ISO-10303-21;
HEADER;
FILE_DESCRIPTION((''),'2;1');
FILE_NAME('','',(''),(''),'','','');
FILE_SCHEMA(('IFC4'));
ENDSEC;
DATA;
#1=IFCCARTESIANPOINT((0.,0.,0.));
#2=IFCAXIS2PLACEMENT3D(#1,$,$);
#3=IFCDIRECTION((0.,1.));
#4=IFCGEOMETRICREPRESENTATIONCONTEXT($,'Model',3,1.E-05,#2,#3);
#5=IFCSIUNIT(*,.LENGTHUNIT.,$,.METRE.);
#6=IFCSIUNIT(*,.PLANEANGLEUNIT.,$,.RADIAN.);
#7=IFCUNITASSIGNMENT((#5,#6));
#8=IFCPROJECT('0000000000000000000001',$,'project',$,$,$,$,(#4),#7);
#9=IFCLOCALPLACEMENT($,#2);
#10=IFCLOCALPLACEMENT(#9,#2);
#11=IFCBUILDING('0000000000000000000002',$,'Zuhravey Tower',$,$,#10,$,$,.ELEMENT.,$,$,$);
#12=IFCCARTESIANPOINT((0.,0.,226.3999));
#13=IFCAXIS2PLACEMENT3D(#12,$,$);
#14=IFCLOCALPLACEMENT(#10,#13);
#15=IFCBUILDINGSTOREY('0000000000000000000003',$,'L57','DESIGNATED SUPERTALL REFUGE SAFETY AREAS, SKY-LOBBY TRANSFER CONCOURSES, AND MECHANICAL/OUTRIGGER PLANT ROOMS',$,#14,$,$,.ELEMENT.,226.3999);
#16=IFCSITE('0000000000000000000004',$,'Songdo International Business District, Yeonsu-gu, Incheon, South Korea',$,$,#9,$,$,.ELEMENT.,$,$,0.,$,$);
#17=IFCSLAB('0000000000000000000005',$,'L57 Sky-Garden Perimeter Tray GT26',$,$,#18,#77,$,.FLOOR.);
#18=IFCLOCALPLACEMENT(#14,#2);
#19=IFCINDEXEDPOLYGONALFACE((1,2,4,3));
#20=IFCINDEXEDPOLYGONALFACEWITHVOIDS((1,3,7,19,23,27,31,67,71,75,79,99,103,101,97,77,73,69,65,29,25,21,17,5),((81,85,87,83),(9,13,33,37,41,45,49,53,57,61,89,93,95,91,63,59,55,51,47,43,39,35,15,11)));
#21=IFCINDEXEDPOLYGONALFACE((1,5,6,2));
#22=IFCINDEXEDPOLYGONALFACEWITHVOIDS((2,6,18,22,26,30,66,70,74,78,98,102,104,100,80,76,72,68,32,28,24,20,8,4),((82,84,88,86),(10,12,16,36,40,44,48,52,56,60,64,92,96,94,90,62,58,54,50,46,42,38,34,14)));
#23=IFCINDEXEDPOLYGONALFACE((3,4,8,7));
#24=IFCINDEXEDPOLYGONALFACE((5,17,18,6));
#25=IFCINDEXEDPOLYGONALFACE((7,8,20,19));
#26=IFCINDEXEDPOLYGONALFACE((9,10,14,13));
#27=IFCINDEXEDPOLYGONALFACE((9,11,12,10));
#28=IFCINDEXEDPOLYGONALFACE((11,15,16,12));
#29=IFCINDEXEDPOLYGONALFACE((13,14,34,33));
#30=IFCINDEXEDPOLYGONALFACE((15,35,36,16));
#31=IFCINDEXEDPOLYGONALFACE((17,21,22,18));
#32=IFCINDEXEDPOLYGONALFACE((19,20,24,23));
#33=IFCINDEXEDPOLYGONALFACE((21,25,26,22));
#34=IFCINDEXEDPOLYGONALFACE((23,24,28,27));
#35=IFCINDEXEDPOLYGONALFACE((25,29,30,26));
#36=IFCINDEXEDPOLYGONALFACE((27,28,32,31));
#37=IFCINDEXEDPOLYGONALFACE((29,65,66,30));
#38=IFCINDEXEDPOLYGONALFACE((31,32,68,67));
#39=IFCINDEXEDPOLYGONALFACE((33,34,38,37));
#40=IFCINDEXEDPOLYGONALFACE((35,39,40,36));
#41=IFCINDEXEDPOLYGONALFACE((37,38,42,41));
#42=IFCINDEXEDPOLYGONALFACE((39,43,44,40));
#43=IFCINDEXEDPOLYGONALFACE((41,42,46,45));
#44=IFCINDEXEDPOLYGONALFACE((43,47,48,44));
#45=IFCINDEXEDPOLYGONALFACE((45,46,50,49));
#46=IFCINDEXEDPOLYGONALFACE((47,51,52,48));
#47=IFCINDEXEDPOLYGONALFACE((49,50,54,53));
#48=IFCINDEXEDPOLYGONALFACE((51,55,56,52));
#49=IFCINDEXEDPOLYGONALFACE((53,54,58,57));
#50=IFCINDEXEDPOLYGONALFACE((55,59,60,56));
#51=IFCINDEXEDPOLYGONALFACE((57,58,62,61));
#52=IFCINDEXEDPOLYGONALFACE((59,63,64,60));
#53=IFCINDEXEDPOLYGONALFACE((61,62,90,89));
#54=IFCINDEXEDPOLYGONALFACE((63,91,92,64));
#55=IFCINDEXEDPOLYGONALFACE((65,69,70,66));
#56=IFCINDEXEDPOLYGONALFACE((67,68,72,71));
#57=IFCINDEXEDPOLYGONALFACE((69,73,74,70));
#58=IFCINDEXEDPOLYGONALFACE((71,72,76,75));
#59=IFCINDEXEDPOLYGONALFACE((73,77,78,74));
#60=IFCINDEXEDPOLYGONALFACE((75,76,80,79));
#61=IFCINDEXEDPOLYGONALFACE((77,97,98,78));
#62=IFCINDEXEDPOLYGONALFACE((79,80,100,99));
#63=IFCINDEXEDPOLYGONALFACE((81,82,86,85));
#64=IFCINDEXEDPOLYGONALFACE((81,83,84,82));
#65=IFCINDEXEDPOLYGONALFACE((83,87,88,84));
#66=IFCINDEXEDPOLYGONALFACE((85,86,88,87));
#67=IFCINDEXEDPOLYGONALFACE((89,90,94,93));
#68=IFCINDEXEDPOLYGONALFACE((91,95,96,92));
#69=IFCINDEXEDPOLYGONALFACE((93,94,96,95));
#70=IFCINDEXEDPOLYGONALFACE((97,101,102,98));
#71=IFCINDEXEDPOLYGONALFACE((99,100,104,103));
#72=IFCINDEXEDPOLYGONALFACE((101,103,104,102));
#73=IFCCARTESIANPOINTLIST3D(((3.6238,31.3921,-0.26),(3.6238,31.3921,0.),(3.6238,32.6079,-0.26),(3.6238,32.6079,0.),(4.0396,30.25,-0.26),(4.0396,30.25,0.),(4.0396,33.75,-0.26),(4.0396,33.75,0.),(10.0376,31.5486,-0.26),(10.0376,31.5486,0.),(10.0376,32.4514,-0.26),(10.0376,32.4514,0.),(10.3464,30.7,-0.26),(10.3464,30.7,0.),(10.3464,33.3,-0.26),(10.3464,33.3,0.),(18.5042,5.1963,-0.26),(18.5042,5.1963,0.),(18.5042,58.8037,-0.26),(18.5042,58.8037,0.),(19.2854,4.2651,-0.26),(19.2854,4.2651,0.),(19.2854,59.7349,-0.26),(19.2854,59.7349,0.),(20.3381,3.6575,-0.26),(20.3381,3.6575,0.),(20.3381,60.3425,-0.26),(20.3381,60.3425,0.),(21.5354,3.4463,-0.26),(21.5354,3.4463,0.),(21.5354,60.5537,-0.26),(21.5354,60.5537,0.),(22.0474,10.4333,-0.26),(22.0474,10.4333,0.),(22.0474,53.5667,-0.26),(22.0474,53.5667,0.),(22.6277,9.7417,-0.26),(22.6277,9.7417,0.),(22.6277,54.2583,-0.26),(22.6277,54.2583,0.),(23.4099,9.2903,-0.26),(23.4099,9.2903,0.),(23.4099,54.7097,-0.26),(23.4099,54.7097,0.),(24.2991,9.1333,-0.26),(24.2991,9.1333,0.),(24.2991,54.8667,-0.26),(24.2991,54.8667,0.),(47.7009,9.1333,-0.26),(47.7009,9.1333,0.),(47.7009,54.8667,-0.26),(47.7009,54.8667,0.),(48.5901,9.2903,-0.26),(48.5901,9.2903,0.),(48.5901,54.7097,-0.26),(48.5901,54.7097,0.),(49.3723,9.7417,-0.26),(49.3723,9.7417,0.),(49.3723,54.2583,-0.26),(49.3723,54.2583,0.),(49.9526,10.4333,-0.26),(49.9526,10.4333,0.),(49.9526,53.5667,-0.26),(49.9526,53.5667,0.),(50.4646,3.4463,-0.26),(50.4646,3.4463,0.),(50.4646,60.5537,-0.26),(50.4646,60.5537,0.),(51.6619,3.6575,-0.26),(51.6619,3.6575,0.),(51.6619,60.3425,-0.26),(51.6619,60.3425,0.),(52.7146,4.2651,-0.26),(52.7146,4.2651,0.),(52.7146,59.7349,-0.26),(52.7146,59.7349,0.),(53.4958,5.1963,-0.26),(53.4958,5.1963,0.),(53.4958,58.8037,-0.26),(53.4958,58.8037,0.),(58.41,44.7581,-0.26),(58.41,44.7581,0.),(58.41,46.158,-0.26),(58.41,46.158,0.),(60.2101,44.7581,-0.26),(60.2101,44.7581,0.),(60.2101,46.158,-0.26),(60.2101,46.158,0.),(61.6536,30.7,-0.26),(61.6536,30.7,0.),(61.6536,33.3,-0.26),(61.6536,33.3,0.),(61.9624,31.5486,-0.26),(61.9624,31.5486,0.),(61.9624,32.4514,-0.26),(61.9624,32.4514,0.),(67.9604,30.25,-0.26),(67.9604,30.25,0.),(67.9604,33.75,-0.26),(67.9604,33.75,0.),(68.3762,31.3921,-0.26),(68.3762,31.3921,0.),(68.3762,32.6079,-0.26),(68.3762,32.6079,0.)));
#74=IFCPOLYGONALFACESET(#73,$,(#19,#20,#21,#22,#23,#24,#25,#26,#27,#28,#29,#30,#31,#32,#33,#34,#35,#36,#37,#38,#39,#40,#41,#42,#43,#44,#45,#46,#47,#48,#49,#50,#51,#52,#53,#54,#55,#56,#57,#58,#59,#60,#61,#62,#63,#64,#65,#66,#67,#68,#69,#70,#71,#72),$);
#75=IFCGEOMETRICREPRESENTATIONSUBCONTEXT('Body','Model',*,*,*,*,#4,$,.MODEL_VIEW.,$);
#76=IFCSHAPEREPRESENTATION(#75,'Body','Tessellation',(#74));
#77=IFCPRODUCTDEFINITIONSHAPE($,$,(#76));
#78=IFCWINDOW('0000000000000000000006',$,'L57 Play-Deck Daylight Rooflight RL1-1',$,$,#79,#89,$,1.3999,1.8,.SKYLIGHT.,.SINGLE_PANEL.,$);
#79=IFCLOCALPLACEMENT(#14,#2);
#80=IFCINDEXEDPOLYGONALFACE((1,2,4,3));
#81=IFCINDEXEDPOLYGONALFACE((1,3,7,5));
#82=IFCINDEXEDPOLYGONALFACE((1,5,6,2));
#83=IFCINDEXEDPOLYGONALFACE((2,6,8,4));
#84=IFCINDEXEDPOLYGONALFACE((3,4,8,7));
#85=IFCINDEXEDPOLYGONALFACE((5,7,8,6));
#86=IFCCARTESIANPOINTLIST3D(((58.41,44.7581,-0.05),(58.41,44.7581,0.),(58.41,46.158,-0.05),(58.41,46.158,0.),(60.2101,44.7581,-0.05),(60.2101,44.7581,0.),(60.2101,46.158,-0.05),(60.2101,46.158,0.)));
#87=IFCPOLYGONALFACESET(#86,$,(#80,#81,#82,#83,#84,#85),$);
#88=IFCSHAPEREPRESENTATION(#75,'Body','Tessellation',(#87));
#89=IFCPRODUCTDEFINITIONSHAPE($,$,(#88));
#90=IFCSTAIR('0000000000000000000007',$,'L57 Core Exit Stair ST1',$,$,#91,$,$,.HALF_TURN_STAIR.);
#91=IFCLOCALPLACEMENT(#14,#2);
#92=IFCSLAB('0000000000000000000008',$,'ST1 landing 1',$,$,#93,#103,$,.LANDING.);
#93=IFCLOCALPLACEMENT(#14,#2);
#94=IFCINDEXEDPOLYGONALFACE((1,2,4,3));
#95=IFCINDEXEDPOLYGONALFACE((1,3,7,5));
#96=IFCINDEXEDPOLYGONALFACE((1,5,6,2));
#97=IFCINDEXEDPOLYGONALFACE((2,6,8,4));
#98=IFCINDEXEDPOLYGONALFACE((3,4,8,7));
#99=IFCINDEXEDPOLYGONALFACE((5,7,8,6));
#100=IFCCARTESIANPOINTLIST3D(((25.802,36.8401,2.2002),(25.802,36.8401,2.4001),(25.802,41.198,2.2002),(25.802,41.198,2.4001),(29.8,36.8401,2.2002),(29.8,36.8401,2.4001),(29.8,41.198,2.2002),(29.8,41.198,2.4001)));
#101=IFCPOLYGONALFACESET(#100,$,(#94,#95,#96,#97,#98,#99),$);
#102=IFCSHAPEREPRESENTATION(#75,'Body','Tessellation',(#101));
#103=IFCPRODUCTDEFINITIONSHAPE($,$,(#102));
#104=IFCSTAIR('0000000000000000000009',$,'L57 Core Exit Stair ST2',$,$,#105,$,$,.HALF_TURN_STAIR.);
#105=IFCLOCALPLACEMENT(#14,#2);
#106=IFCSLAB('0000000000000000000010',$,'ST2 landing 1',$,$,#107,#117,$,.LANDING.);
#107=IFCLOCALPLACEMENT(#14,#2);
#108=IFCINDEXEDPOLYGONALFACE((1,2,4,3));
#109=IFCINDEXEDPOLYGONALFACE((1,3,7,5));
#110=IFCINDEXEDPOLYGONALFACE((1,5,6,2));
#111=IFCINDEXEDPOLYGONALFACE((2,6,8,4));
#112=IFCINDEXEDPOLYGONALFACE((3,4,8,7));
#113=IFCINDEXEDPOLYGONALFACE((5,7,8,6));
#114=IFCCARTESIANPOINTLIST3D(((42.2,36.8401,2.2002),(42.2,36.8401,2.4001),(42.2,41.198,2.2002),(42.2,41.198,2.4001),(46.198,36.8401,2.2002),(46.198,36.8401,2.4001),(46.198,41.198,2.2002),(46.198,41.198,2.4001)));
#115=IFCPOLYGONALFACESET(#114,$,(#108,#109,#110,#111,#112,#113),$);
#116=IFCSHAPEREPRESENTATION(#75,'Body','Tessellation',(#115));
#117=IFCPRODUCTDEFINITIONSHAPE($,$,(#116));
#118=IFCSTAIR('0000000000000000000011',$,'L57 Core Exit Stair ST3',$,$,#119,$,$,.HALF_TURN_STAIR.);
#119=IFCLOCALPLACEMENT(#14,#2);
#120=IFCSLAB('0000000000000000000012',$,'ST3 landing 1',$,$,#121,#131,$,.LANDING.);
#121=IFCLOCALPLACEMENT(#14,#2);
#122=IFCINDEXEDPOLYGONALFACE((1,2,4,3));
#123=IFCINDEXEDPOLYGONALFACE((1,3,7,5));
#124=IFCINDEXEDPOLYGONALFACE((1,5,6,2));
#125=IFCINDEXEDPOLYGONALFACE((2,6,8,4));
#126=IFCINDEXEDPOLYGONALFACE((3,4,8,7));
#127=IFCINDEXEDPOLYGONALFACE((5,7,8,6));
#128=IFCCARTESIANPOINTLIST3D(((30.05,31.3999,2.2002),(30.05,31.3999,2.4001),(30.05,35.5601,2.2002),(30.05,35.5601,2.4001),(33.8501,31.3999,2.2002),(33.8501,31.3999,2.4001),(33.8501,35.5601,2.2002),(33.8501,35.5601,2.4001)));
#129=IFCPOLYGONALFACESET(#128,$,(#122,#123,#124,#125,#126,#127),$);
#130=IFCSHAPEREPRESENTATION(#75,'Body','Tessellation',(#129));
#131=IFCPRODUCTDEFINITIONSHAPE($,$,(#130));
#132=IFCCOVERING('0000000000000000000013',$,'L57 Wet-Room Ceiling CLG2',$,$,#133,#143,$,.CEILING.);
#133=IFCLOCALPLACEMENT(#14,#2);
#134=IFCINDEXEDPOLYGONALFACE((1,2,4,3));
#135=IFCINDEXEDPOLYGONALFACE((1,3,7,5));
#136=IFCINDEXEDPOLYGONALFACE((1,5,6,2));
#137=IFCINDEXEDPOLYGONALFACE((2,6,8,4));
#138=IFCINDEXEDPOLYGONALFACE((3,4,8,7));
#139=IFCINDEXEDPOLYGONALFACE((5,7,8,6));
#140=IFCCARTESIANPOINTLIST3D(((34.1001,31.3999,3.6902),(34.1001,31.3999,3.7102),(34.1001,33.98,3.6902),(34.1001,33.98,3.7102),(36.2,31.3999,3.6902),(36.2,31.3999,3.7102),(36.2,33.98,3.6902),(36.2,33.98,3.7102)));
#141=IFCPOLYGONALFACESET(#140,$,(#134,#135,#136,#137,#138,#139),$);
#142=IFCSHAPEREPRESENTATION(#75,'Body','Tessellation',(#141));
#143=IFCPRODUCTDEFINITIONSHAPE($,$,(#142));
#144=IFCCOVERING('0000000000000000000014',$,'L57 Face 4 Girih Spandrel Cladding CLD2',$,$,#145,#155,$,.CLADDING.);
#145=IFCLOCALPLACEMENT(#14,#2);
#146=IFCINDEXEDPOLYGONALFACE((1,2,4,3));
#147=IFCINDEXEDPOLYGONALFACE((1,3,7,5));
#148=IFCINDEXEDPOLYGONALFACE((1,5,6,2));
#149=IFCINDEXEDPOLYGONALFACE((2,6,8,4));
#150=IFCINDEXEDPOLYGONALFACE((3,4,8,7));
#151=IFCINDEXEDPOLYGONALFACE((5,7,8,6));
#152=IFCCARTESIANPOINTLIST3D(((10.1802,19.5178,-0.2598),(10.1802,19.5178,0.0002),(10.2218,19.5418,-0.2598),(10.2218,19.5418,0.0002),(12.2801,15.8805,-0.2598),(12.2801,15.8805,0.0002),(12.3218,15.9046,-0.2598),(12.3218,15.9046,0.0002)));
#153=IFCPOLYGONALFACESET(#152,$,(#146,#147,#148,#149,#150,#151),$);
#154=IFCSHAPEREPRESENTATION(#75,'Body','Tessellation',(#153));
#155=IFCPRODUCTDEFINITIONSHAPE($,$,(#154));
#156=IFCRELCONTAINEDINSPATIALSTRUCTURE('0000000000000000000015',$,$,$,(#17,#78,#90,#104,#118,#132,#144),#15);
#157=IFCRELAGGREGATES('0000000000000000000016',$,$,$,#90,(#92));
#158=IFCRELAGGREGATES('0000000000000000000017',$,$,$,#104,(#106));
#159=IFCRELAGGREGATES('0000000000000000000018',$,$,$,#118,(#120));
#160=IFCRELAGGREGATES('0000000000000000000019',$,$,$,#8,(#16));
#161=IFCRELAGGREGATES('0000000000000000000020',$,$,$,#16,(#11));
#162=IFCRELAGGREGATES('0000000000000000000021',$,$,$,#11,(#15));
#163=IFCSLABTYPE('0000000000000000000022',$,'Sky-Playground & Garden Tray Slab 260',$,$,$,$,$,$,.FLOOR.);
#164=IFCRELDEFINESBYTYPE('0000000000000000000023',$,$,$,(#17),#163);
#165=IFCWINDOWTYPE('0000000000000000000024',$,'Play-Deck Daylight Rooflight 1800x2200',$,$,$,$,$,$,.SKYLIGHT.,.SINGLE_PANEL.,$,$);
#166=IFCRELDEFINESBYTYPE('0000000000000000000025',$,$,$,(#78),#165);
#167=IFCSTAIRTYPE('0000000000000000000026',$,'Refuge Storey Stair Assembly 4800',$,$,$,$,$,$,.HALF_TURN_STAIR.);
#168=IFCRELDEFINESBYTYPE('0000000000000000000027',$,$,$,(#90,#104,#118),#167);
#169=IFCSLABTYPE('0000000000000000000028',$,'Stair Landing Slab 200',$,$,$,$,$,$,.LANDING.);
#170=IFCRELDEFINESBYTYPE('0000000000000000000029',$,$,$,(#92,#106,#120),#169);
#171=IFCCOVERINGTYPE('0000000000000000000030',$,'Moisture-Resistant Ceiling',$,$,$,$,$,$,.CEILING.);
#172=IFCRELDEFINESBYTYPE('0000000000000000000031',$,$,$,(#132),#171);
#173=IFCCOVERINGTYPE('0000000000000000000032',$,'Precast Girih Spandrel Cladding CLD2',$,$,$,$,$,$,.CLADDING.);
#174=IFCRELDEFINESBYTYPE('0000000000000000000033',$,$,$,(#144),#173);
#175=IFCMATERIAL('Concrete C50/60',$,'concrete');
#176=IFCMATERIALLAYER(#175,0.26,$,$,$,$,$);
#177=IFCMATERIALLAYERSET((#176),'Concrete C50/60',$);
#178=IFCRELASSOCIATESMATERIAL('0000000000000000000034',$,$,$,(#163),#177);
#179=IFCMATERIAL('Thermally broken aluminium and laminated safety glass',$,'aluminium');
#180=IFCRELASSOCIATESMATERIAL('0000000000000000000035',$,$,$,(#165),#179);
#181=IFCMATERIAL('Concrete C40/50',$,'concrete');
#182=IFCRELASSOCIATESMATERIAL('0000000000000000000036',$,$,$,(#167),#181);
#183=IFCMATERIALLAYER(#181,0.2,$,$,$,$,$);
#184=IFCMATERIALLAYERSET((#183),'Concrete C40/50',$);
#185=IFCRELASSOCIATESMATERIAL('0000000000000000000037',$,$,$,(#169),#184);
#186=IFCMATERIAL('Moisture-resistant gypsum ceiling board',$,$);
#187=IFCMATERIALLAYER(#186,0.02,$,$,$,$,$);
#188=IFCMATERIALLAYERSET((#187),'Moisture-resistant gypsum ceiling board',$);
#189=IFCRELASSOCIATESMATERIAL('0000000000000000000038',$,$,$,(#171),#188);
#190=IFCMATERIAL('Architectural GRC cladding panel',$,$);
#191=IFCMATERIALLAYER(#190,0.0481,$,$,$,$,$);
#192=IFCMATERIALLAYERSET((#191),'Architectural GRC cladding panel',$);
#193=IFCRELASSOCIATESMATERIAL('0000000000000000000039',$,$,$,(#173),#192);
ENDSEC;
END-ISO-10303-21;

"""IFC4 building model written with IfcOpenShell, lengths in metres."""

from ifc_helpers import new_model, si_unit, direction, frame, origin, origin_2d, place, context, subcontext, project, spatial, polyline, rectangle, outline, extrude, material, layer, layer_set, type_object, element, fill, aggregate, save


model = new_model("IFC4")

# Units and contexts
model_context = context("Model", 3, precision=1e-05, world=origin(), true_north=direction((0.0, 1.0)))
body_context = subcontext(model_context, "Body", "Model", "MODEL_VIEW")
ifc_project = project(units=[si_unit("LENGTHUNIT", "METRE"), si_unit("PLANEANGLEUNIT", "RADIAN")], contexts=[model_context])

# Site, building, storey
site_placement = place(None, origin())
site = spatial("IfcSite", under=ifc_project, at=site_placement, Name="Songdo International Business District, Yeonsu-gu, Incheon, South Korea", CompositionType="ELEMENT", RefElevation=0.0)
building_placement = place(site_placement, origin())
building = spatial("IfcBuilding", under=site, at=building_placement, Name="Zuhravey Tower", CompositionType="ELEMENT")
storey_placement = place(building_placement, frame((0.0, 0.0, 226.3999)))
storey = spatial("IfcBuildingStorey", under=building, at=storey_placement, Name="L57", Description="DESIGNATED SUPERTALL REFUGE SAFETY AREAS, SKY-LOBBY TRANSFER CONCOURSES, AND MECHANICAL/OUTRIGGER PLANT ROOMS", CompositionType="ELEMENT", Elevation=226.3999)

# Shared definitions
ifc_material_1 = material(Name="Concrete C50/60", Category="concrete")

# Slab, opening, window
ifc_layer_1 = layer(ifc_material_1, 0.26)
ifc_layer_set_1 = layer_set([ifc_layer_1], Name="Concrete C50/60")
slab_type_1 = type_object("IfcSlabType", Name="Sky-Playground & Garden Tray Slab 260", PredefinedType="FLOOR", material=ifc_layer_set_1)
slab_1_placement = place(storey_placement, frame((0.0, 0.0, -0.26)))
slab_1 = element("IfcSlab", 1, at=slab_1_placement, inside=storey, type_object=slab_type_1, Name="L57 Sky-Garden Perimeter Tray GT26", PredefinedType="FLOOR", context=body_context, shape_type="SweptSolid", body=[
    extrude(outline(polyline([(67.9604, 30.25), (68.3762, 31.3921), (68.3762, 32.6079), (67.9604, 33.75), (53.4958, 58.8037), (52.7146, 59.7349), (51.6619, 60.3425), (50.4646, 60.5537), (21.5354, 60.5537), (20.3381, 60.3425), (19.2854, 59.7349), (18.5042, 58.8037), (4.0396, 33.75), (3.6238, 32.6079), (3.6238, 31.3921), (4.0396, 30.25), (18.5042, 5.1963), (19.2854, 4.2651), (20.3381, 3.6575), (21.5354, 3.4463), (50.4646, 3.4463), (51.6619, 3.6575), (52.7146, 4.2651), (53.4958, 5.1963), (67.9604, 30.25)]), holes=[polyline([(61.6536, 30.7), (61.9624, 31.5486), (61.9624, 32.4514), (61.6536, 33.3), (49.9526, 53.5667), (49.3723, 54.2583), (48.5901, 54.7097), (47.7009, 54.8667), (24.2991, 54.8667), (23.4099, 54.7097), (22.6277, 54.2583), (22.0474, 53.5667), (10.3464, 33.3), (10.0376, 32.4514), (10.0376, 31.5486), (10.3464, 30.7), (22.0474, 10.4333), (22.6277, 9.7417), (23.4099, 9.2903), (24.2991, 9.1333), (47.7009, 9.1333), (48.5901, 9.2903), (49.3723, 9.7417), (49.9526, 10.4333), (61.6536, 30.7)])]), origin(), (0.0, 0.0, 1.0), 0.26),
])
opening_placement = place(slab_1_placement, frame((59.3101, 45.458, 0.0)))
opening = element("IfcOpeningElement", 2, at=opening_placement, cuts=slab_1, PredefinedType="OPENING", context=body_context, shape_type="SweptSolid", body=[
    extrude(rectangle(XDim=1.8, YDim=1.3999, at=origin_2d()), origin(), (0.0, 0.0, 1.0), 0.26),
])
ifc_material_2 = material(Name="Thermally broken aluminium and laminated safety glass", Category="aluminium")
window_type = type_object("IfcWindowType", Name="Play-Deck Daylight Rooflight 1800x2200", PartitioningType="SINGLE_PANEL", PredefinedType="SKYLIGHT", material=ifc_material_2)
window_placement = place(opening_placement, frame((0.0, 0.0, 0.21)))
window = element("IfcWindow", 3, at=window_placement, inside=storey, type_object=window_type, Name="L57 Play-Deck Daylight Rooflight RL1-1", OverallHeight=1.3999, OverallWidth=1.8, PartitioningType="SINGLE_PANEL", PredefinedType="SKYLIGHT", context=body_context, shape_type="SweptSolid", body=[
    extrude(rectangle(XDim=1.8, YDim=1.3999, at=origin_2d()), origin(), (0.0, 0.0, 1.0), 0.05),
])
fill(opening, window)

# Stairs, slabs
ifc_material_3 = material(Name="Concrete C40/50", Category="concrete")
stair_type = type_object("IfcStairType", Name="Refuge Storey Stair Assembly 4800", PredefinedType="HALF_TURN_STAIR", material=ifc_material_3)
stair_1_placement = place(storey_placement, origin())
stair_1 = element("IfcStair", 4, at=stair_1_placement, inside=storey, type_object=stair_type, Name="L57 Core Exit Stair ST1", PredefinedType="HALF_TURN_STAIR")
ifc_layer_2 = layer(ifc_material_3, 0.2)
ifc_layer_set_2 = layer_set([ifc_layer_2], Name="Concrete C40/50")
slab_type_2 = type_object("IfcSlabType", Name="Stair Landing Slab 200", PredefinedType="LANDING", material=ifc_layer_set_2)
slab_2_placement = place(storey_placement, frame((0.0, 0.0, 2.2002)))
slab_2 = element("IfcSlab", 5, at=slab_2_placement, type_object=slab_type_2, Name="ST1 landing 1", PredefinedType="LANDING", context=body_context, shape_type="SweptSolid", body=[
    extrude(outline(polyline([(29.8, 36.8401), (29.8, 41.198), (25.802, 41.198), (25.802, 36.8401), (29.8, 36.8401)])), origin(), (0.0, 0.0, 1.0), 0.2),
])
aggregate(stair_1, [slab_2])
stair_2_placement = place(storey_placement, origin())
stair_2 = element("IfcStair", 6, at=stair_2_placement, inside=storey, type_object=stair_type, Name="L57 Core Exit Stair ST2", PredefinedType="HALF_TURN_STAIR")
slab_3_placement = place(storey_placement, frame((0.0, 0.0, 2.2002)))
slab_3 = element("IfcSlab", 7, at=slab_3_placement, type_object=slab_type_2, Name="ST2 landing 1", PredefinedType="LANDING", context=body_context, shape_type="SweptSolid", body=[
    extrude(outline(polyline([(46.198, 36.8401), (46.198, 41.198), (42.2, 41.198), (42.2, 36.8401), (46.198, 36.8401)])), origin(), (0.0, 0.0, 1.0), 0.2),
])
aggregate(stair_2, [slab_3])
stair_3_placement = place(storey_placement, origin())
stair_3 = element("IfcStair", 8, at=stair_3_placement, inside=storey, type_object=stair_type, Name="L57 Core Exit Stair ST3", PredefinedType="HALF_TURN_STAIR")
slab_4_placement = place(storey_placement, frame((0.0, 0.0, 2.2002)))
slab_4 = element("IfcSlab", 9, at=slab_4_placement, type_object=slab_type_2, Name="ST3 landing 1", PredefinedType="LANDING", context=body_context, shape_type="SweptSolid", body=[
    extrude(outline(polyline([(30.05, 35.5601), (30.05, 31.3999), (33.8501, 31.3999), (33.8501, 35.5601), (30.05, 35.5601)])), origin(), (0.0, 0.0, 1.0), 0.2),
])
aggregate(stair_3, [slab_4])

# Coverings
ifc_material_4 = material(Name="Moisture-resistant gypsum ceiling board")
ifc_layer_3 = layer(ifc_material_4, 0.02)
ifc_layer_set_3 = layer_set([ifc_layer_3], Name="Moisture-resistant gypsum ceiling board")
covering_type_1 = type_object("IfcCoveringType", Name="Moisture-Resistant Ceiling", PredefinedType="CEILING", material=ifc_layer_set_3)
covering_1_placement = place(storey_placement, frame((0.0, 0.0, 3.6902)))
element("IfcCovering", 10, at=covering_1_placement, inside=storey, type_object=covering_type_1, Name="L57 Wet-Room Ceiling CLG2", PredefinedType="CEILING", context=body_context, shape_type="SweptSolid", body=[
    extrude(outline(polyline([(36.2, 31.3999), (36.2, 33.98), (34.1001, 33.98), (34.1001, 31.3999), (36.2, 31.3999)])), origin(), (0.0, 0.0, 1.0), 0.02),
])
ifc_material_5 = material(Name="Architectural GRC cladding panel")
ifc_layer_4 = layer(ifc_material_5, 0.0481)
ifc_layer_set_4 = layer_set([ifc_layer_4], Name="Architectural GRC cladding panel")
covering_type_2 = type_object("IfcCoveringType", Name="Precast Girih Spandrel Cladding CLD2", PredefinedType="CLADDING", material=ifc_layer_set_4)
covering_2_placement = place(storey_placement, frame((11.251, 17.7112, -0.2598), z_axis=(0.0, 0.0, 1.0), x_axis=(-0.5, 0.866025, 0.0)))
element("IfcCovering", 11, at=covering_2_placement, inside=storey, type_object=covering_type_2, Name="L57 Face 4 Girih Spandrel Cladding CLD2", PredefinedType="CLADDING", context=body_context, shape_type="SweptSolid", body=[
    extrude(rectangle(XDim=4.2, YDim=0.0481, at=origin_2d()), origin(), (0.0, 0.0, 1.0), 0.26),
])

save(model, "model.ifc")
